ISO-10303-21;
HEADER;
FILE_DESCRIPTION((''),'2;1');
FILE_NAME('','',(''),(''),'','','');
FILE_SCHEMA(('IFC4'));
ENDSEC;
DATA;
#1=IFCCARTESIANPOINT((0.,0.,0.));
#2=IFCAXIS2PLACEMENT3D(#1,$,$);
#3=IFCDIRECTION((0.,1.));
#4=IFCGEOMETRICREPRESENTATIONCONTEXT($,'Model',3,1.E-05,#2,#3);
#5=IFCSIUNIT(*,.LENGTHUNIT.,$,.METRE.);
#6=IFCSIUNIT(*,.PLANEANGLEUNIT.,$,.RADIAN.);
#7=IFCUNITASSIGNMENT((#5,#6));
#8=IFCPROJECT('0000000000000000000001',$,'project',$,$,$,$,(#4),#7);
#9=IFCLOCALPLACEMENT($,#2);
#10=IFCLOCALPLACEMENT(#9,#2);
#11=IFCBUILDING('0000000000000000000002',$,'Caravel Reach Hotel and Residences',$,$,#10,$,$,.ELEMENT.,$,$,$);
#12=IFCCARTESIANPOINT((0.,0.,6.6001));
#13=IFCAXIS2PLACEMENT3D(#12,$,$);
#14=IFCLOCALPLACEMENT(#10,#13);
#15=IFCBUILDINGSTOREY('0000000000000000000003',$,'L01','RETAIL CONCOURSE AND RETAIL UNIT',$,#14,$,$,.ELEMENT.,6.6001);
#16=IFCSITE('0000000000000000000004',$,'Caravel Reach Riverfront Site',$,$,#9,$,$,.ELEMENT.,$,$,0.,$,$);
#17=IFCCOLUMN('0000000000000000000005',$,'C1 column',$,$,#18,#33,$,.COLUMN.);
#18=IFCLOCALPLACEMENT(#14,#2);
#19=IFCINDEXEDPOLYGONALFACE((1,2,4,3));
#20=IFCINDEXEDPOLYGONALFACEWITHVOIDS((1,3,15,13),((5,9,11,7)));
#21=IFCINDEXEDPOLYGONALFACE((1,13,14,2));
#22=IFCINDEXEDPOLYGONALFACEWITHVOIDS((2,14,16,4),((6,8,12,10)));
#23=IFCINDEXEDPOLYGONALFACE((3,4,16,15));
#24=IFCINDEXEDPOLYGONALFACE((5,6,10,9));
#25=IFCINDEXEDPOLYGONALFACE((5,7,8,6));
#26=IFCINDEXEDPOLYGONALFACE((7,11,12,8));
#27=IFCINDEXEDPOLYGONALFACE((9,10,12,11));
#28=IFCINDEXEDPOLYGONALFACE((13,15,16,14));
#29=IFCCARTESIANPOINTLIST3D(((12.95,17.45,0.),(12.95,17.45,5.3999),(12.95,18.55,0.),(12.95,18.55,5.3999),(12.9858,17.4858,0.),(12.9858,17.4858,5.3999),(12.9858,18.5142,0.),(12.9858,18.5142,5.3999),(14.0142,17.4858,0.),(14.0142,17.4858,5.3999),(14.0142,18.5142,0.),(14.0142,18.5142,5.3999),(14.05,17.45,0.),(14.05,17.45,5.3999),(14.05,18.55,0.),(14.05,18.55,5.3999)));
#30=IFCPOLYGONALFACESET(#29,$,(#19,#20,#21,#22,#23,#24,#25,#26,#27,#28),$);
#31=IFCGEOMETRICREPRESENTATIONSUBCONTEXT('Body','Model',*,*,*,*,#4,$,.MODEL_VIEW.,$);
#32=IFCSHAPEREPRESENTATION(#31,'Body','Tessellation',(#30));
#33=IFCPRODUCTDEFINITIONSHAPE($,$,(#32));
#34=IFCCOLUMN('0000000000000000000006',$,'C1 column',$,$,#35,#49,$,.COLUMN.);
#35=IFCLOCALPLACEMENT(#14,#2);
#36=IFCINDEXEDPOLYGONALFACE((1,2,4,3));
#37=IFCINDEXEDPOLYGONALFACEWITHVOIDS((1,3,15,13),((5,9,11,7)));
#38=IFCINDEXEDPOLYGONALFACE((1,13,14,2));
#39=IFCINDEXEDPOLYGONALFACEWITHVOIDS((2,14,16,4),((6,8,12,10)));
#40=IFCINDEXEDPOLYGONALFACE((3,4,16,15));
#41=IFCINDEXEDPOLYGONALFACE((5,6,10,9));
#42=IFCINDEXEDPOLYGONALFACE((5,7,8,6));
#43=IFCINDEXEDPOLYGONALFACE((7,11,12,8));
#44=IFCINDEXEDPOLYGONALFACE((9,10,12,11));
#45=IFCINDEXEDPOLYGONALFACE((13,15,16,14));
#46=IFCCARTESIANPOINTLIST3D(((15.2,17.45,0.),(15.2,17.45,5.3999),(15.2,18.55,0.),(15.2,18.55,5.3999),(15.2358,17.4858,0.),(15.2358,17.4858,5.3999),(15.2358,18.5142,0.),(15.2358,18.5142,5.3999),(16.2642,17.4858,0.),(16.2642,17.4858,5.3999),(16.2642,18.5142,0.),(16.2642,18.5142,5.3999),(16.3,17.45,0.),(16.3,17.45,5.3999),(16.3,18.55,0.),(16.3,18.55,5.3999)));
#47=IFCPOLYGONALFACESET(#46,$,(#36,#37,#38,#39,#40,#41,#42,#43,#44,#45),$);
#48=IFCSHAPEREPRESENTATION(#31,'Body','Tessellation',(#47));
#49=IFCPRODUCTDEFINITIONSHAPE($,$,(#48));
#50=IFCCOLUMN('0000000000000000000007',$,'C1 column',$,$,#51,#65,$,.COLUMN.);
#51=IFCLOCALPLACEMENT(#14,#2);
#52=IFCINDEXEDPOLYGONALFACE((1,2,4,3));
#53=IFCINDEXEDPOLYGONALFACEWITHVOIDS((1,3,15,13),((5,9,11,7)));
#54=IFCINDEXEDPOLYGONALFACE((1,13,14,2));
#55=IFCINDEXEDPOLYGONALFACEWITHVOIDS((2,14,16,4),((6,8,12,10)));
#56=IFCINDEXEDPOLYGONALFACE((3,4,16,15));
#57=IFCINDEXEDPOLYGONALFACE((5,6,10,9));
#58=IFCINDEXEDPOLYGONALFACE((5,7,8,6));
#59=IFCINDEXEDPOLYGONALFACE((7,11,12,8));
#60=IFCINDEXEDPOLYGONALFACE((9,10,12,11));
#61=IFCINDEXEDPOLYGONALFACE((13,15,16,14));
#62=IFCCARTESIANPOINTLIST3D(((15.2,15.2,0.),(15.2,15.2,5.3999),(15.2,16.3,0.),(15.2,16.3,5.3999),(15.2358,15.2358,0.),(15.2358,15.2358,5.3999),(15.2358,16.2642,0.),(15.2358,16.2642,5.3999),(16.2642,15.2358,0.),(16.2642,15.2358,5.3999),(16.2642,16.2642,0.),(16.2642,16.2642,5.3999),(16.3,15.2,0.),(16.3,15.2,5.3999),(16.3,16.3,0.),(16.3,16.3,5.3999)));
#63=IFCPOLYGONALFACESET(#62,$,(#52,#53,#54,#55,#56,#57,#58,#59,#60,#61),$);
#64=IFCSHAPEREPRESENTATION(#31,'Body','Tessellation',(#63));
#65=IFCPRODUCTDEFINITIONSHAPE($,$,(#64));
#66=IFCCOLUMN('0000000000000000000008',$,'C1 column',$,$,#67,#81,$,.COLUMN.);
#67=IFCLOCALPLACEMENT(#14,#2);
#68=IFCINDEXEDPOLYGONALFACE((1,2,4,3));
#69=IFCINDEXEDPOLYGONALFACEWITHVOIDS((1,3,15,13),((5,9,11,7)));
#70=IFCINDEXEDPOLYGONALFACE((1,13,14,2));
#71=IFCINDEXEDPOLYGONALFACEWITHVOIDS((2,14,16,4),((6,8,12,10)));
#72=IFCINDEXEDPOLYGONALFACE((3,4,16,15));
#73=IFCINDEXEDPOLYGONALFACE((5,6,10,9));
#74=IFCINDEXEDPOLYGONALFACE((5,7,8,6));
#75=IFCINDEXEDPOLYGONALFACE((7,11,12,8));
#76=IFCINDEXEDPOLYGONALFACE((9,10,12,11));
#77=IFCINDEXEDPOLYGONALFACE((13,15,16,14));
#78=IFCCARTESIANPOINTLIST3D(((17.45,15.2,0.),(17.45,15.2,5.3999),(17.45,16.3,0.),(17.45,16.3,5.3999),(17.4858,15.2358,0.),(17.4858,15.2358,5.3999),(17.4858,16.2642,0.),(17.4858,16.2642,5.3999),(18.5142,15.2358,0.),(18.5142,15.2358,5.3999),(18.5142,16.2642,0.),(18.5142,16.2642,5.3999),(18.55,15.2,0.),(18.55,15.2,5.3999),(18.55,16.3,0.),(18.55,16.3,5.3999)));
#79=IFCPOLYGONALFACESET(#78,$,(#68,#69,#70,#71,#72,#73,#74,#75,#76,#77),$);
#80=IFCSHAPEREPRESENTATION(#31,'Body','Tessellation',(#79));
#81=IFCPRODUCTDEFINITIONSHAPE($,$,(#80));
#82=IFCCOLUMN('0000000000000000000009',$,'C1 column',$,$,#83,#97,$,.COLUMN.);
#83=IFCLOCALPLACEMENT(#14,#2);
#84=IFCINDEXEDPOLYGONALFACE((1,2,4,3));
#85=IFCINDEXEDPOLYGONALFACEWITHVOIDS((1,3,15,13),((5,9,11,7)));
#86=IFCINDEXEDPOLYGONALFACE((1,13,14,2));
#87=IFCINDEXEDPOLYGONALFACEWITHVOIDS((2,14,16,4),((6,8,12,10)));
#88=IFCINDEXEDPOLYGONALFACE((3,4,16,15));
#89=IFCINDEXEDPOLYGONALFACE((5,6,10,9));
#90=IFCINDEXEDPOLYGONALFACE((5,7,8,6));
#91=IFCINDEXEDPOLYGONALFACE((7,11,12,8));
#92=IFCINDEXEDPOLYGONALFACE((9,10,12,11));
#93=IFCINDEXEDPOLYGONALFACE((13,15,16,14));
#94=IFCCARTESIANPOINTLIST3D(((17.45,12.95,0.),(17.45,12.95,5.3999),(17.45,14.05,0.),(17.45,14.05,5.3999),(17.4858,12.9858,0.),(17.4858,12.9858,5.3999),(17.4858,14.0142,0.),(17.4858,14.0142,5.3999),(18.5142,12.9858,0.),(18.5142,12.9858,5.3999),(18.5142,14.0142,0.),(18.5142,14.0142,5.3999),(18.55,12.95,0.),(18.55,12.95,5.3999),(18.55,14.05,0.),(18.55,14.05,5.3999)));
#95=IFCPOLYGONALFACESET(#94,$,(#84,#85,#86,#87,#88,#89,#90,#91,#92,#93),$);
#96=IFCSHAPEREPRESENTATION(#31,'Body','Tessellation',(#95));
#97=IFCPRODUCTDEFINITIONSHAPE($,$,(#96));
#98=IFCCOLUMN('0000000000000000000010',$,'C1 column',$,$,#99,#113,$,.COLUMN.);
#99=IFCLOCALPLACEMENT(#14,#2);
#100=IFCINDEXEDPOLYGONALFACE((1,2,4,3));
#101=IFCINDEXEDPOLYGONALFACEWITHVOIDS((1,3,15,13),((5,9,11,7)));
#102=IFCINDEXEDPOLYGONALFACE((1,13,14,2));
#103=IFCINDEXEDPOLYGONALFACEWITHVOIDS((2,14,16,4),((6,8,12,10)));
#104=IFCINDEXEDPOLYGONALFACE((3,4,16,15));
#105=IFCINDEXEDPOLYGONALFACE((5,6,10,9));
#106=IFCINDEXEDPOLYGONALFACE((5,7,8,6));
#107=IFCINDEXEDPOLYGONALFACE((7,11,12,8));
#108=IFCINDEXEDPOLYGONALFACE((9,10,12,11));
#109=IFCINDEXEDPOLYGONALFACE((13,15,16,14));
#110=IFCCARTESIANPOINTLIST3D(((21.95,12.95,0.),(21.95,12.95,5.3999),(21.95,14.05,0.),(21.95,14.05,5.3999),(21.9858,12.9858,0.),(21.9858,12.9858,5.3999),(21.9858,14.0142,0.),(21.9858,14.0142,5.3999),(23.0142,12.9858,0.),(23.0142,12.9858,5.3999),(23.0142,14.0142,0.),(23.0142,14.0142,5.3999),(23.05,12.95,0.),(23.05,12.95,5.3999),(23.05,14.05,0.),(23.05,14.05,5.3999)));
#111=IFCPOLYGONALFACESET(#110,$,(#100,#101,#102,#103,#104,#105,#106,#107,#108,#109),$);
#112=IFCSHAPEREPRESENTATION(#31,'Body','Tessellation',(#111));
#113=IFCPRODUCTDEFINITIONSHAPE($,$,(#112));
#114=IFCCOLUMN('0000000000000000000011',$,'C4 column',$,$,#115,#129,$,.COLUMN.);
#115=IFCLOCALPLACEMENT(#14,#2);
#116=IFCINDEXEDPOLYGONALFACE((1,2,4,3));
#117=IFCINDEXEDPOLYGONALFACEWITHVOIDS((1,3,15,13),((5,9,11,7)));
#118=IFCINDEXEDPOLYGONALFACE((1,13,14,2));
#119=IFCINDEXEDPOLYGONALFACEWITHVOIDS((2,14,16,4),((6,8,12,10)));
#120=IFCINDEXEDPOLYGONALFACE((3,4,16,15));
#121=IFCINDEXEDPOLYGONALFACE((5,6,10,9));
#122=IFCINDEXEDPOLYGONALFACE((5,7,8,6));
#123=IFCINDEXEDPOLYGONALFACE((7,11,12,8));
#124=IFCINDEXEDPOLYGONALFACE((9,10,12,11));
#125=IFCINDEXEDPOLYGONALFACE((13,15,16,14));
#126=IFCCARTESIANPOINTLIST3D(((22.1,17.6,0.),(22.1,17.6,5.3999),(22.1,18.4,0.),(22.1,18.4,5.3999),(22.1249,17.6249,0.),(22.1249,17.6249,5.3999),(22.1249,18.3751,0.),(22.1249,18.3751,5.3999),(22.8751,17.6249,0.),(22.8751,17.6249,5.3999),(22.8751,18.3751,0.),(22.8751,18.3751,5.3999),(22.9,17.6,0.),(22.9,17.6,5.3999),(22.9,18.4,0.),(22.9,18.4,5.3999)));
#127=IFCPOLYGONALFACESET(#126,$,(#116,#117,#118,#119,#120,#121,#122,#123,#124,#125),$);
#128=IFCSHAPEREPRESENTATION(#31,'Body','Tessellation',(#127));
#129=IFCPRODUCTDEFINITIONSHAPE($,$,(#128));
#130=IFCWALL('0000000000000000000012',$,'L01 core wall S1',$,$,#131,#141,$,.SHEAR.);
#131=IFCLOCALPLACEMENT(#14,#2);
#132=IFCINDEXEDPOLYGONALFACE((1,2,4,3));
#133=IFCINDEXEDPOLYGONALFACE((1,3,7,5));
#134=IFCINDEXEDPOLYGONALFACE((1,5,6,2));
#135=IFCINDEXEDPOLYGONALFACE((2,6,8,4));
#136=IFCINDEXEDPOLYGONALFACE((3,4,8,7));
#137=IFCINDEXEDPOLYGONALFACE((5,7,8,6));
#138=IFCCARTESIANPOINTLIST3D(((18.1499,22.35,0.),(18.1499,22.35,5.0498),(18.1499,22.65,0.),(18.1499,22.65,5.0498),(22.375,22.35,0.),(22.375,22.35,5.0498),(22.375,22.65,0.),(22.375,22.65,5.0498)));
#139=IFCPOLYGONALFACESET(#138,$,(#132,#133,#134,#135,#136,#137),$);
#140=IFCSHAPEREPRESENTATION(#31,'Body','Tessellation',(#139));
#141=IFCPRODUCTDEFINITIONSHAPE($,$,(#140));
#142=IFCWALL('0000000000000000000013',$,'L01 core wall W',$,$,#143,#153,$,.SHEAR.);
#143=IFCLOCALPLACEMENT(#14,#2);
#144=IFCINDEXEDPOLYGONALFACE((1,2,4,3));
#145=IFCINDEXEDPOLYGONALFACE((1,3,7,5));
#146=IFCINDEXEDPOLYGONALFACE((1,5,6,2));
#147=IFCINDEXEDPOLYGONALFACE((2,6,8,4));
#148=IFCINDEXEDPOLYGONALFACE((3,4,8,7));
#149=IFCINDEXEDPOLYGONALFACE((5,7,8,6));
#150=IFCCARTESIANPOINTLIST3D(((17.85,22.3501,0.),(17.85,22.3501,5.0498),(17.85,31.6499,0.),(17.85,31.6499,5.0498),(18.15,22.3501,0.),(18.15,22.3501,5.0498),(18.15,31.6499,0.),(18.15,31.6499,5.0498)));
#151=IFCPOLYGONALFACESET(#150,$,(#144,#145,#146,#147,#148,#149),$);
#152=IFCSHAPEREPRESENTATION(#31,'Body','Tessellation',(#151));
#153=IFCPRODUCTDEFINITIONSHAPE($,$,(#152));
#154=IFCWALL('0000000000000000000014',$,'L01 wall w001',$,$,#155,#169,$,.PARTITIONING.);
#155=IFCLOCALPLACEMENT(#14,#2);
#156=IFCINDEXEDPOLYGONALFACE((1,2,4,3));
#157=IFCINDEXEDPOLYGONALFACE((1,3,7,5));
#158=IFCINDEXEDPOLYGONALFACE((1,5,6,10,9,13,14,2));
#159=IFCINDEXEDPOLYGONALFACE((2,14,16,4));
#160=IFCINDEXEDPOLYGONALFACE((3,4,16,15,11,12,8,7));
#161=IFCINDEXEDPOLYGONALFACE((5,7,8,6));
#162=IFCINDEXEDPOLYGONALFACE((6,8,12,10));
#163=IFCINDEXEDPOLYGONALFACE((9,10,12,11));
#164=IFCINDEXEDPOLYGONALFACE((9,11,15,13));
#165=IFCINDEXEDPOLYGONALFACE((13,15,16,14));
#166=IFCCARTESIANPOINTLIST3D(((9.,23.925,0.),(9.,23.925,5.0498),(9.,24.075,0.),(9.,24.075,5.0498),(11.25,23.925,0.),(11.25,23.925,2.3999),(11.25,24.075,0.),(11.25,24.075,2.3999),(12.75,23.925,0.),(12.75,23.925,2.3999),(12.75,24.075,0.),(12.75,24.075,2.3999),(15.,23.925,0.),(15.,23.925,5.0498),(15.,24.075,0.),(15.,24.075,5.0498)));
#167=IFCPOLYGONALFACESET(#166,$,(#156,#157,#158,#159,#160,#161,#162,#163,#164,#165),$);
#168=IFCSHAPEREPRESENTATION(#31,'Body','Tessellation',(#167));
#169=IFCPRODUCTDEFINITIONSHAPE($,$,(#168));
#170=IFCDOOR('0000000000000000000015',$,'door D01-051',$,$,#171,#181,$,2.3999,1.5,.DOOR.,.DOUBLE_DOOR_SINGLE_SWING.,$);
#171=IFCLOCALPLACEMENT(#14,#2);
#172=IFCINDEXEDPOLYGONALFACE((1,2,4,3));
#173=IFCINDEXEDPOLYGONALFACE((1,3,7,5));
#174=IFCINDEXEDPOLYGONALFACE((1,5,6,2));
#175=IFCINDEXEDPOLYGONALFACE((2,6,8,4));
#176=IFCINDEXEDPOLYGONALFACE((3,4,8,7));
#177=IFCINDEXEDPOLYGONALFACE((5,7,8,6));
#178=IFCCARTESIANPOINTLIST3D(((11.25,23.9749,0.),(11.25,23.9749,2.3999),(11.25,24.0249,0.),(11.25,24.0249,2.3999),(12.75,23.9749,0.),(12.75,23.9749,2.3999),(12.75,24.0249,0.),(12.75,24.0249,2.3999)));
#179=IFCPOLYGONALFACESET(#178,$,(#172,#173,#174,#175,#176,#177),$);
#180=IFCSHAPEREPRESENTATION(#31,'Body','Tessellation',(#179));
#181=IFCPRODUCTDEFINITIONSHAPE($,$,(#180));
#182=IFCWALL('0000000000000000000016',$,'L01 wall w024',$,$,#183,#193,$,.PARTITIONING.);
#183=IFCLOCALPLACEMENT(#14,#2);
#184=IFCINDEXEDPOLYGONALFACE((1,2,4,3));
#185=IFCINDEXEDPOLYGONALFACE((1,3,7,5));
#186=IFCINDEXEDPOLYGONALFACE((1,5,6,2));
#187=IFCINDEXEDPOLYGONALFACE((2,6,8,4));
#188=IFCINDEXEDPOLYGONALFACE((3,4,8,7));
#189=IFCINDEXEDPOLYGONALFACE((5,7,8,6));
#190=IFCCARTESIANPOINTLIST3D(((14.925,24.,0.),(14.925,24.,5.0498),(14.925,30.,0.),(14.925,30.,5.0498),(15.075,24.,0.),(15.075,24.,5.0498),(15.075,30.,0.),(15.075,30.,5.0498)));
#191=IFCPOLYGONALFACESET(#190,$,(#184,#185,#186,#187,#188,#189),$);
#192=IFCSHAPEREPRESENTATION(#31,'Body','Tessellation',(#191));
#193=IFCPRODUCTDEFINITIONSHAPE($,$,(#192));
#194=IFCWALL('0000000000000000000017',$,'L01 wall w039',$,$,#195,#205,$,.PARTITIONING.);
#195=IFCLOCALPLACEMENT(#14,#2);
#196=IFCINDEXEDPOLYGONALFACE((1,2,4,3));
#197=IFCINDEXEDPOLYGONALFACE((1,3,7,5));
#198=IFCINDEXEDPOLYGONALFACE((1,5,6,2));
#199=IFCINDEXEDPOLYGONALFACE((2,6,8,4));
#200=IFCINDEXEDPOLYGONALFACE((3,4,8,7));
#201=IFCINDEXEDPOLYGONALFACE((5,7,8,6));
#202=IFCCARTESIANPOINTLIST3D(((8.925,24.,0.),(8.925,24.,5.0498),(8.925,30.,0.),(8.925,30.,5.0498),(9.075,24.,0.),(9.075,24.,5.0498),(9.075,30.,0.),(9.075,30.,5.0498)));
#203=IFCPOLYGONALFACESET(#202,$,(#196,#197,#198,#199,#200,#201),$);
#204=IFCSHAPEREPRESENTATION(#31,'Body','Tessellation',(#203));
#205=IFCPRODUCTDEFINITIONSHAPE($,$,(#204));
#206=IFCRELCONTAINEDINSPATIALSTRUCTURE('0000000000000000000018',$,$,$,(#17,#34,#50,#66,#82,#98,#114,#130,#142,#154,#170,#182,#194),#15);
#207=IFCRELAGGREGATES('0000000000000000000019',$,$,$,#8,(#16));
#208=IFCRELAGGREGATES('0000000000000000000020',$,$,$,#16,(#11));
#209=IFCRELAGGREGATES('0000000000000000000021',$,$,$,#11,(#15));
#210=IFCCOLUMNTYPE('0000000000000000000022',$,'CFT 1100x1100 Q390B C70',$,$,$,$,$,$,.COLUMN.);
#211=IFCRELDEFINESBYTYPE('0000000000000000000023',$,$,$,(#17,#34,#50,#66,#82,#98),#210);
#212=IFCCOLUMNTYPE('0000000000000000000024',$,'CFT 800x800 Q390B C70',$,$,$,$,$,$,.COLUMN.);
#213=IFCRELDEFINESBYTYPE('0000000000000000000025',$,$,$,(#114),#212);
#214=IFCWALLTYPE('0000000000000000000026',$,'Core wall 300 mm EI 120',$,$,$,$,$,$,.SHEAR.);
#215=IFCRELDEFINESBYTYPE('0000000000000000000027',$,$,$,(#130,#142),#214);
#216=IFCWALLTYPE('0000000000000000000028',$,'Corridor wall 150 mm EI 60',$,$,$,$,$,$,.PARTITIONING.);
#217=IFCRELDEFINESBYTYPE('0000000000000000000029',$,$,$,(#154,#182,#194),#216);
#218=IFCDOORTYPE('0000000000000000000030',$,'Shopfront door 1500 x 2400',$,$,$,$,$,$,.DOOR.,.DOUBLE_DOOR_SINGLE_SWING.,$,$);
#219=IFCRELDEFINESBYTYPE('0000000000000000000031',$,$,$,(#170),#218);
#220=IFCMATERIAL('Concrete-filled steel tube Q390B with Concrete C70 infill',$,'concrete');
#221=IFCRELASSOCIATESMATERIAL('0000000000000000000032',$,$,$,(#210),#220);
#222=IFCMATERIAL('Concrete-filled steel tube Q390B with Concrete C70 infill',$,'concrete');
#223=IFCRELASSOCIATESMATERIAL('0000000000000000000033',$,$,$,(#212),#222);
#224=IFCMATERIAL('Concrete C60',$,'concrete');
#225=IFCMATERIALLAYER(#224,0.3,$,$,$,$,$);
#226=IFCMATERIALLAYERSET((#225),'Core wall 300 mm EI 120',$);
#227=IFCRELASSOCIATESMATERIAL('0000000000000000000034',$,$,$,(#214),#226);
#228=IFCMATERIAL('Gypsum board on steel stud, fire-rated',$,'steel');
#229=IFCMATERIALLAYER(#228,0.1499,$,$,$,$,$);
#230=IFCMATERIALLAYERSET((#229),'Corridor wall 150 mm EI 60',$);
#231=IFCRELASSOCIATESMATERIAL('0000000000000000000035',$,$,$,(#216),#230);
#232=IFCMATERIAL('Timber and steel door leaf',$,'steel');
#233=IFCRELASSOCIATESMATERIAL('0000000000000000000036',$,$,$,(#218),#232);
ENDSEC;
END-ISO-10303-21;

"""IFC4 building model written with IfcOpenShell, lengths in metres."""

from ifc_helpers import new_model, si_unit, direction, frame, frame_2d, origin, origin_2d, place, context, subcontext, project, spatial, rectangle, hollow_rectangle, extrude, material, layer, layer_set, material_profile, profile_set, type_object, element, fill, save


model = new_model("IFC4")

# Units and contexts
model_context = context("Model", 3, precision=1e-05, world=origin(), true_north=direction((0.0, 1.0)))
body_context = subcontext(model_context, "Body", "Model", "MODEL_VIEW")
ifc_project = project(units=[si_unit("LENGTHUNIT", "METRE"), si_unit("PLANEANGLEUNIT", "RADIAN")], contexts=[model_context])

# Site, building, storey
site_placement = place(None, origin())
site = spatial("IfcSite", under=ifc_project, at=site_placement, Name="Caravel Reach Riverfront Site", CompositionType="ELEMENT", RefElevation=0.0)
building_placement = place(site_placement, origin())
building = spatial("IfcBuilding", under=site, at=building_placement, Name="Caravel Reach Hotel and Residences", CompositionType="ELEMENT")
storey_placement = place(building_placement, frame((0.0, 0.0, 6.6001)))
storey = spatial("IfcBuildingStorey", under=building, at=storey_placement, Name="L01", Description="RETAIL CONCOURSE AND RETAIL UNIT", CompositionType="ELEMENT", Elevation=6.6001)

# Columns
ifc_material_1 = material(Name="Concrete-filled steel tube Q390B with Concrete C70 infill", Category="concrete")
ifc_material_profile_1 = material_profile(ifc_material_1, hollow_rectangle(XDim=1.1001, YDim=1.1001, WallThickness=0.0359, at=origin_2d()), Name="RHS 1100x1100x36")
ifc_profile_set_1 = profile_set([ifc_material_profile_1], Name="Concrete-filled steel tube Q390B with Concrete C70 infill")
column_type_1 = type_object("IfcColumnType", Name="CFT 1100x1100 Q390B C70", PredefinedType="COLUMN", material=ifc_profile_set_1)
for number, where, z_axis, x_axis, name in (
    (1, (13.5, 18.0, 0.0), (0.0, 0.0, 1.0), (1.0, 0.0, 0.0), "C1 column"),
    (2, (15.75, 18.0, 0.0), (0.0, 0.0, 1.0), (1.0, 0.0, 0.0), "C1 column"),
    (3, (15.75, 15.75, 0.0), (0.0, 0.0, 1.0), (1.0, 0.0, 0.0), "C1 column"),
    (4, (18.0, 15.75, 0.0), (0.0, 0.0, 1.0), (1.0, 0.0, 0.0), "C1 column"),
    (5, (18.0, 13.5, 0.0), (0.0, 0.0, 1.0), (1.0, 0.0, 0.0), "C1 column"),
    (6, (22.5, 13.5, 0.0), (0.0, 0.0, 1.0), (1.0, 0.0, 0.0), "C1 column"),
):
    element("IfcColumn", number, at=place(storey_placement, frame(where, z_axis=z_axis, x_axis=x_axis)), inside=storey, type_object=column_type_1, Name=name, PredefinedType="COLUMN", context=body_context, shape_type="SweptSolid", body=[
        extrude(hollow_rectangle(XDim=1.1001, YDim=1.1001, WallThickness=0.0359, at=origin_2d()), origin(), (0.0, 0.0, 1.0), 5.3999),
    ])
ifc_material_2 = material(Name="Concrete-filled steel tube Q390B with Concrete C70 infill", Category="concrete")
ifc_material_profile_2 = material_profile(ifc_material_2, hollow_rectangle(XDim=0.8, YDim=0.8, WallThickness=0.0249, at=origin_2d()), Name="RHS 800x800x25")
ifc_profile_set_2 = profile_set([ifc_material_profile_2], Name="Concrete-filled steel tube Q390B with Concrete C70 infill")
column_type_2 = type_object("IfcColumnType", Name="CFT 800x800 Q390B C70", PredefinedType="COLUMN", material=ifc_profile_set_2)
column_placement = place(storey_placement, frame((22.5, 18.0, 0.0), z_axis=(0.0, 0.0, 1.0), x_axis=(1.0, 0.0, 0.0)))
element("IfcColumn", 7, at=column_placement, inside=storey, type_object=column_type_2, Name="C4 column", PredefinedType="COLUMN", context=body_context, shape_type="SweptSolid", body=[
    extrude(hollow_rectangle(XDim=0.8, YDim=0.8, WallThickness=0.0249, at=origin_2d()), origin(), (0.0, 0.0, 1.0), 5.3999),
])

# Walls
ifc_material_3 = material(Name="Concrete C60", Category="concrete")
ifc_layer_1 = layer(ifc_material_3, 0.3)
ifc_layer_set_1 = layer_set([ifc_layer_1], Name="Core wall 300 mm EI 120")
wall_type_1 = type_object("IfcWallType", Name="Core wall 300 mm EI 120", PredefinedType="SHEAR", material=ifc_layer_set_1)
wall_1_placement = place(storey_placement, frame((18.1499, 22.5, 0.0), z_axis=(0.0, 0.0, 1.0), x_axis=(1.0, 0.0, 0.0)))
element("IfcWall", 8, at=wall_1_placement, inside=storey, type_object=wall_type_1, Name="L01 core wall S1", PredefinedType="SHEAR", context=body_context, shape_type="SweptSolid", body=[
    extrude(rectangle(XDim=4.2251, YDim=0.3, at=frame_2d((2.1125, 0.0))), origin(), (0.0, 0.0, 1.0), 5.0498),
])
wall_2_placement = place(storey_placement, frame((18.0, 22.3501, 0.0), z_axis=(0.0, 0.0, 1.0), x_axis=(0.0, 1.0, 0.0)))
element("IfcWall", 9, at=wall_2_placement, inside=storey, type_object=wall_type_1, Name="L01 core wall W", PredefinedType="SHEAR", context=body_context, shape_type="SweptSolid", body=[
    extrude(rectangle(XDim=9.2998, YDim=0.3, at=frame_2d((4.6499, 0.0))), origin(), (0.0, 0.0, 1.0), 5.0498),
])

# Wall, opening, door
ifc_material_4 = material(Name="Gypsum board on steel stud, fire-rated", Category="steel")
ifc_layer_2 = layer(ifc_material_4, 0.1499)
ifc_layer_set_2 = layer_set([ifc_layer_2], Name="Corridor wall 150 mm EI 60")
wall_type_2 = type_object("IfcWallType", Name="Corridor wall 150 mm EI 60", PredefinedType="PARTITIONING", material=ifc_layer_set_2)
wall_3_placement = place(storey_placement, frame((9.0, 24.0, 0.0), z_axis=(0.0, 0.0, 1.0), x_axis=(1.0, 0.0, 0.0)))
wall_3 = element("IfcWall", 10, at=wall_3_placement, inside=storey, type_object=wall_type_2, Name="L01 wall w001", PredefinedType="PARTITIONING", context=body_context, shape_type="SweptSolid", body=[
    extrude(rectangle(XDim=6.0, YDim=0.1499, at=frame_2d((3.0, 0.0))), origin(), (0.0, 0.0, 1.0), 5.0498),
])
opening_1_placement = place(wall_3_placement, frame((2.25, 0.0, 0.0)))
opening_1 = element("IfcOpeningElement", 11, at=opening_1_placement, cuts=wall_3, PredefinedType="OPENING", context=body_context, shape_type="SweptSolid", body=[
    extrude(rectangle(XDim=1.5, YDim=2.3999, at=frame_2d((0.75, 1.2))), frame((0.0, 0.085, 0.0), z_axis=(0.0, -1.0, 0.0), x_axis=(1.0, 0.0, 0.0)), (0.0, 0.0, 1.0), 0.1699),
])
ifc_material_5 = material(Name="Timber and steel door leaf", Category="steel")
door_type_1 = type_object("IfcDoorType", Name="Shopfront door 1500 x 2400", OperationType="DOUBLE_DOOR_SINGLE_SWING", PredefinedType="DOOR", material=ifc_material_5)
door_1_placement = place(opening_1_placement, origin())
door_1 = element("IfcDoor", 12, at=door_1_placement, inside=storey, type_object=door_type_1, Name="door D01-051", OperationType="DOUBLE_DOOR_SINGLE_SWING", OverallHeight=2.3999, OverallWidth=1.5, PredefinedType="DOOR", context=body_context, shape_type="SweptSolid", body=[
    extrude(rectangle(XDim=1.5, YDim=2.3999, at=frame_2d((0.75, 1.2))), frame((0.0, 0.0249, 0.0), z_axis=(0.0, -1.0, 0.0), x_axis=(1.0, 0.0, 0.0)), (0.0, 0.0, 1.0), 0.05),
])
fill(opening_1, door_1)

# Walls
for number, where, z_axis, x_axis, name in (
    (13, (15.0, 24.0, 0.0), (0.0, 0.0, 1.0), (0.0, 1.0, 0.0), "L01 wall w024"),
    (14, (9.0, 24.0, 0.0), (0.0, 0.0, 1.0), (0.0, 1.0, 0.0), "L01 wall w039"),
):
    element("IfcWall", number, at=place(storey_placement, frame(where, z_axis=z_axis, x_axis=x_axis)), inside=storey, type_object=wall_type_2, Name=name, PredefinedType="PARTITIONING", context=body_context, shape_type="SweptSolid", body=[
        extrude(rectangle(XDim=6.0, YDim=0.1499, at=frame_2d((3.0, 0.0))), origin(), (0.0, 0.0, 1.0), 5.0498),
    ])

save(model, "model.ifc")
